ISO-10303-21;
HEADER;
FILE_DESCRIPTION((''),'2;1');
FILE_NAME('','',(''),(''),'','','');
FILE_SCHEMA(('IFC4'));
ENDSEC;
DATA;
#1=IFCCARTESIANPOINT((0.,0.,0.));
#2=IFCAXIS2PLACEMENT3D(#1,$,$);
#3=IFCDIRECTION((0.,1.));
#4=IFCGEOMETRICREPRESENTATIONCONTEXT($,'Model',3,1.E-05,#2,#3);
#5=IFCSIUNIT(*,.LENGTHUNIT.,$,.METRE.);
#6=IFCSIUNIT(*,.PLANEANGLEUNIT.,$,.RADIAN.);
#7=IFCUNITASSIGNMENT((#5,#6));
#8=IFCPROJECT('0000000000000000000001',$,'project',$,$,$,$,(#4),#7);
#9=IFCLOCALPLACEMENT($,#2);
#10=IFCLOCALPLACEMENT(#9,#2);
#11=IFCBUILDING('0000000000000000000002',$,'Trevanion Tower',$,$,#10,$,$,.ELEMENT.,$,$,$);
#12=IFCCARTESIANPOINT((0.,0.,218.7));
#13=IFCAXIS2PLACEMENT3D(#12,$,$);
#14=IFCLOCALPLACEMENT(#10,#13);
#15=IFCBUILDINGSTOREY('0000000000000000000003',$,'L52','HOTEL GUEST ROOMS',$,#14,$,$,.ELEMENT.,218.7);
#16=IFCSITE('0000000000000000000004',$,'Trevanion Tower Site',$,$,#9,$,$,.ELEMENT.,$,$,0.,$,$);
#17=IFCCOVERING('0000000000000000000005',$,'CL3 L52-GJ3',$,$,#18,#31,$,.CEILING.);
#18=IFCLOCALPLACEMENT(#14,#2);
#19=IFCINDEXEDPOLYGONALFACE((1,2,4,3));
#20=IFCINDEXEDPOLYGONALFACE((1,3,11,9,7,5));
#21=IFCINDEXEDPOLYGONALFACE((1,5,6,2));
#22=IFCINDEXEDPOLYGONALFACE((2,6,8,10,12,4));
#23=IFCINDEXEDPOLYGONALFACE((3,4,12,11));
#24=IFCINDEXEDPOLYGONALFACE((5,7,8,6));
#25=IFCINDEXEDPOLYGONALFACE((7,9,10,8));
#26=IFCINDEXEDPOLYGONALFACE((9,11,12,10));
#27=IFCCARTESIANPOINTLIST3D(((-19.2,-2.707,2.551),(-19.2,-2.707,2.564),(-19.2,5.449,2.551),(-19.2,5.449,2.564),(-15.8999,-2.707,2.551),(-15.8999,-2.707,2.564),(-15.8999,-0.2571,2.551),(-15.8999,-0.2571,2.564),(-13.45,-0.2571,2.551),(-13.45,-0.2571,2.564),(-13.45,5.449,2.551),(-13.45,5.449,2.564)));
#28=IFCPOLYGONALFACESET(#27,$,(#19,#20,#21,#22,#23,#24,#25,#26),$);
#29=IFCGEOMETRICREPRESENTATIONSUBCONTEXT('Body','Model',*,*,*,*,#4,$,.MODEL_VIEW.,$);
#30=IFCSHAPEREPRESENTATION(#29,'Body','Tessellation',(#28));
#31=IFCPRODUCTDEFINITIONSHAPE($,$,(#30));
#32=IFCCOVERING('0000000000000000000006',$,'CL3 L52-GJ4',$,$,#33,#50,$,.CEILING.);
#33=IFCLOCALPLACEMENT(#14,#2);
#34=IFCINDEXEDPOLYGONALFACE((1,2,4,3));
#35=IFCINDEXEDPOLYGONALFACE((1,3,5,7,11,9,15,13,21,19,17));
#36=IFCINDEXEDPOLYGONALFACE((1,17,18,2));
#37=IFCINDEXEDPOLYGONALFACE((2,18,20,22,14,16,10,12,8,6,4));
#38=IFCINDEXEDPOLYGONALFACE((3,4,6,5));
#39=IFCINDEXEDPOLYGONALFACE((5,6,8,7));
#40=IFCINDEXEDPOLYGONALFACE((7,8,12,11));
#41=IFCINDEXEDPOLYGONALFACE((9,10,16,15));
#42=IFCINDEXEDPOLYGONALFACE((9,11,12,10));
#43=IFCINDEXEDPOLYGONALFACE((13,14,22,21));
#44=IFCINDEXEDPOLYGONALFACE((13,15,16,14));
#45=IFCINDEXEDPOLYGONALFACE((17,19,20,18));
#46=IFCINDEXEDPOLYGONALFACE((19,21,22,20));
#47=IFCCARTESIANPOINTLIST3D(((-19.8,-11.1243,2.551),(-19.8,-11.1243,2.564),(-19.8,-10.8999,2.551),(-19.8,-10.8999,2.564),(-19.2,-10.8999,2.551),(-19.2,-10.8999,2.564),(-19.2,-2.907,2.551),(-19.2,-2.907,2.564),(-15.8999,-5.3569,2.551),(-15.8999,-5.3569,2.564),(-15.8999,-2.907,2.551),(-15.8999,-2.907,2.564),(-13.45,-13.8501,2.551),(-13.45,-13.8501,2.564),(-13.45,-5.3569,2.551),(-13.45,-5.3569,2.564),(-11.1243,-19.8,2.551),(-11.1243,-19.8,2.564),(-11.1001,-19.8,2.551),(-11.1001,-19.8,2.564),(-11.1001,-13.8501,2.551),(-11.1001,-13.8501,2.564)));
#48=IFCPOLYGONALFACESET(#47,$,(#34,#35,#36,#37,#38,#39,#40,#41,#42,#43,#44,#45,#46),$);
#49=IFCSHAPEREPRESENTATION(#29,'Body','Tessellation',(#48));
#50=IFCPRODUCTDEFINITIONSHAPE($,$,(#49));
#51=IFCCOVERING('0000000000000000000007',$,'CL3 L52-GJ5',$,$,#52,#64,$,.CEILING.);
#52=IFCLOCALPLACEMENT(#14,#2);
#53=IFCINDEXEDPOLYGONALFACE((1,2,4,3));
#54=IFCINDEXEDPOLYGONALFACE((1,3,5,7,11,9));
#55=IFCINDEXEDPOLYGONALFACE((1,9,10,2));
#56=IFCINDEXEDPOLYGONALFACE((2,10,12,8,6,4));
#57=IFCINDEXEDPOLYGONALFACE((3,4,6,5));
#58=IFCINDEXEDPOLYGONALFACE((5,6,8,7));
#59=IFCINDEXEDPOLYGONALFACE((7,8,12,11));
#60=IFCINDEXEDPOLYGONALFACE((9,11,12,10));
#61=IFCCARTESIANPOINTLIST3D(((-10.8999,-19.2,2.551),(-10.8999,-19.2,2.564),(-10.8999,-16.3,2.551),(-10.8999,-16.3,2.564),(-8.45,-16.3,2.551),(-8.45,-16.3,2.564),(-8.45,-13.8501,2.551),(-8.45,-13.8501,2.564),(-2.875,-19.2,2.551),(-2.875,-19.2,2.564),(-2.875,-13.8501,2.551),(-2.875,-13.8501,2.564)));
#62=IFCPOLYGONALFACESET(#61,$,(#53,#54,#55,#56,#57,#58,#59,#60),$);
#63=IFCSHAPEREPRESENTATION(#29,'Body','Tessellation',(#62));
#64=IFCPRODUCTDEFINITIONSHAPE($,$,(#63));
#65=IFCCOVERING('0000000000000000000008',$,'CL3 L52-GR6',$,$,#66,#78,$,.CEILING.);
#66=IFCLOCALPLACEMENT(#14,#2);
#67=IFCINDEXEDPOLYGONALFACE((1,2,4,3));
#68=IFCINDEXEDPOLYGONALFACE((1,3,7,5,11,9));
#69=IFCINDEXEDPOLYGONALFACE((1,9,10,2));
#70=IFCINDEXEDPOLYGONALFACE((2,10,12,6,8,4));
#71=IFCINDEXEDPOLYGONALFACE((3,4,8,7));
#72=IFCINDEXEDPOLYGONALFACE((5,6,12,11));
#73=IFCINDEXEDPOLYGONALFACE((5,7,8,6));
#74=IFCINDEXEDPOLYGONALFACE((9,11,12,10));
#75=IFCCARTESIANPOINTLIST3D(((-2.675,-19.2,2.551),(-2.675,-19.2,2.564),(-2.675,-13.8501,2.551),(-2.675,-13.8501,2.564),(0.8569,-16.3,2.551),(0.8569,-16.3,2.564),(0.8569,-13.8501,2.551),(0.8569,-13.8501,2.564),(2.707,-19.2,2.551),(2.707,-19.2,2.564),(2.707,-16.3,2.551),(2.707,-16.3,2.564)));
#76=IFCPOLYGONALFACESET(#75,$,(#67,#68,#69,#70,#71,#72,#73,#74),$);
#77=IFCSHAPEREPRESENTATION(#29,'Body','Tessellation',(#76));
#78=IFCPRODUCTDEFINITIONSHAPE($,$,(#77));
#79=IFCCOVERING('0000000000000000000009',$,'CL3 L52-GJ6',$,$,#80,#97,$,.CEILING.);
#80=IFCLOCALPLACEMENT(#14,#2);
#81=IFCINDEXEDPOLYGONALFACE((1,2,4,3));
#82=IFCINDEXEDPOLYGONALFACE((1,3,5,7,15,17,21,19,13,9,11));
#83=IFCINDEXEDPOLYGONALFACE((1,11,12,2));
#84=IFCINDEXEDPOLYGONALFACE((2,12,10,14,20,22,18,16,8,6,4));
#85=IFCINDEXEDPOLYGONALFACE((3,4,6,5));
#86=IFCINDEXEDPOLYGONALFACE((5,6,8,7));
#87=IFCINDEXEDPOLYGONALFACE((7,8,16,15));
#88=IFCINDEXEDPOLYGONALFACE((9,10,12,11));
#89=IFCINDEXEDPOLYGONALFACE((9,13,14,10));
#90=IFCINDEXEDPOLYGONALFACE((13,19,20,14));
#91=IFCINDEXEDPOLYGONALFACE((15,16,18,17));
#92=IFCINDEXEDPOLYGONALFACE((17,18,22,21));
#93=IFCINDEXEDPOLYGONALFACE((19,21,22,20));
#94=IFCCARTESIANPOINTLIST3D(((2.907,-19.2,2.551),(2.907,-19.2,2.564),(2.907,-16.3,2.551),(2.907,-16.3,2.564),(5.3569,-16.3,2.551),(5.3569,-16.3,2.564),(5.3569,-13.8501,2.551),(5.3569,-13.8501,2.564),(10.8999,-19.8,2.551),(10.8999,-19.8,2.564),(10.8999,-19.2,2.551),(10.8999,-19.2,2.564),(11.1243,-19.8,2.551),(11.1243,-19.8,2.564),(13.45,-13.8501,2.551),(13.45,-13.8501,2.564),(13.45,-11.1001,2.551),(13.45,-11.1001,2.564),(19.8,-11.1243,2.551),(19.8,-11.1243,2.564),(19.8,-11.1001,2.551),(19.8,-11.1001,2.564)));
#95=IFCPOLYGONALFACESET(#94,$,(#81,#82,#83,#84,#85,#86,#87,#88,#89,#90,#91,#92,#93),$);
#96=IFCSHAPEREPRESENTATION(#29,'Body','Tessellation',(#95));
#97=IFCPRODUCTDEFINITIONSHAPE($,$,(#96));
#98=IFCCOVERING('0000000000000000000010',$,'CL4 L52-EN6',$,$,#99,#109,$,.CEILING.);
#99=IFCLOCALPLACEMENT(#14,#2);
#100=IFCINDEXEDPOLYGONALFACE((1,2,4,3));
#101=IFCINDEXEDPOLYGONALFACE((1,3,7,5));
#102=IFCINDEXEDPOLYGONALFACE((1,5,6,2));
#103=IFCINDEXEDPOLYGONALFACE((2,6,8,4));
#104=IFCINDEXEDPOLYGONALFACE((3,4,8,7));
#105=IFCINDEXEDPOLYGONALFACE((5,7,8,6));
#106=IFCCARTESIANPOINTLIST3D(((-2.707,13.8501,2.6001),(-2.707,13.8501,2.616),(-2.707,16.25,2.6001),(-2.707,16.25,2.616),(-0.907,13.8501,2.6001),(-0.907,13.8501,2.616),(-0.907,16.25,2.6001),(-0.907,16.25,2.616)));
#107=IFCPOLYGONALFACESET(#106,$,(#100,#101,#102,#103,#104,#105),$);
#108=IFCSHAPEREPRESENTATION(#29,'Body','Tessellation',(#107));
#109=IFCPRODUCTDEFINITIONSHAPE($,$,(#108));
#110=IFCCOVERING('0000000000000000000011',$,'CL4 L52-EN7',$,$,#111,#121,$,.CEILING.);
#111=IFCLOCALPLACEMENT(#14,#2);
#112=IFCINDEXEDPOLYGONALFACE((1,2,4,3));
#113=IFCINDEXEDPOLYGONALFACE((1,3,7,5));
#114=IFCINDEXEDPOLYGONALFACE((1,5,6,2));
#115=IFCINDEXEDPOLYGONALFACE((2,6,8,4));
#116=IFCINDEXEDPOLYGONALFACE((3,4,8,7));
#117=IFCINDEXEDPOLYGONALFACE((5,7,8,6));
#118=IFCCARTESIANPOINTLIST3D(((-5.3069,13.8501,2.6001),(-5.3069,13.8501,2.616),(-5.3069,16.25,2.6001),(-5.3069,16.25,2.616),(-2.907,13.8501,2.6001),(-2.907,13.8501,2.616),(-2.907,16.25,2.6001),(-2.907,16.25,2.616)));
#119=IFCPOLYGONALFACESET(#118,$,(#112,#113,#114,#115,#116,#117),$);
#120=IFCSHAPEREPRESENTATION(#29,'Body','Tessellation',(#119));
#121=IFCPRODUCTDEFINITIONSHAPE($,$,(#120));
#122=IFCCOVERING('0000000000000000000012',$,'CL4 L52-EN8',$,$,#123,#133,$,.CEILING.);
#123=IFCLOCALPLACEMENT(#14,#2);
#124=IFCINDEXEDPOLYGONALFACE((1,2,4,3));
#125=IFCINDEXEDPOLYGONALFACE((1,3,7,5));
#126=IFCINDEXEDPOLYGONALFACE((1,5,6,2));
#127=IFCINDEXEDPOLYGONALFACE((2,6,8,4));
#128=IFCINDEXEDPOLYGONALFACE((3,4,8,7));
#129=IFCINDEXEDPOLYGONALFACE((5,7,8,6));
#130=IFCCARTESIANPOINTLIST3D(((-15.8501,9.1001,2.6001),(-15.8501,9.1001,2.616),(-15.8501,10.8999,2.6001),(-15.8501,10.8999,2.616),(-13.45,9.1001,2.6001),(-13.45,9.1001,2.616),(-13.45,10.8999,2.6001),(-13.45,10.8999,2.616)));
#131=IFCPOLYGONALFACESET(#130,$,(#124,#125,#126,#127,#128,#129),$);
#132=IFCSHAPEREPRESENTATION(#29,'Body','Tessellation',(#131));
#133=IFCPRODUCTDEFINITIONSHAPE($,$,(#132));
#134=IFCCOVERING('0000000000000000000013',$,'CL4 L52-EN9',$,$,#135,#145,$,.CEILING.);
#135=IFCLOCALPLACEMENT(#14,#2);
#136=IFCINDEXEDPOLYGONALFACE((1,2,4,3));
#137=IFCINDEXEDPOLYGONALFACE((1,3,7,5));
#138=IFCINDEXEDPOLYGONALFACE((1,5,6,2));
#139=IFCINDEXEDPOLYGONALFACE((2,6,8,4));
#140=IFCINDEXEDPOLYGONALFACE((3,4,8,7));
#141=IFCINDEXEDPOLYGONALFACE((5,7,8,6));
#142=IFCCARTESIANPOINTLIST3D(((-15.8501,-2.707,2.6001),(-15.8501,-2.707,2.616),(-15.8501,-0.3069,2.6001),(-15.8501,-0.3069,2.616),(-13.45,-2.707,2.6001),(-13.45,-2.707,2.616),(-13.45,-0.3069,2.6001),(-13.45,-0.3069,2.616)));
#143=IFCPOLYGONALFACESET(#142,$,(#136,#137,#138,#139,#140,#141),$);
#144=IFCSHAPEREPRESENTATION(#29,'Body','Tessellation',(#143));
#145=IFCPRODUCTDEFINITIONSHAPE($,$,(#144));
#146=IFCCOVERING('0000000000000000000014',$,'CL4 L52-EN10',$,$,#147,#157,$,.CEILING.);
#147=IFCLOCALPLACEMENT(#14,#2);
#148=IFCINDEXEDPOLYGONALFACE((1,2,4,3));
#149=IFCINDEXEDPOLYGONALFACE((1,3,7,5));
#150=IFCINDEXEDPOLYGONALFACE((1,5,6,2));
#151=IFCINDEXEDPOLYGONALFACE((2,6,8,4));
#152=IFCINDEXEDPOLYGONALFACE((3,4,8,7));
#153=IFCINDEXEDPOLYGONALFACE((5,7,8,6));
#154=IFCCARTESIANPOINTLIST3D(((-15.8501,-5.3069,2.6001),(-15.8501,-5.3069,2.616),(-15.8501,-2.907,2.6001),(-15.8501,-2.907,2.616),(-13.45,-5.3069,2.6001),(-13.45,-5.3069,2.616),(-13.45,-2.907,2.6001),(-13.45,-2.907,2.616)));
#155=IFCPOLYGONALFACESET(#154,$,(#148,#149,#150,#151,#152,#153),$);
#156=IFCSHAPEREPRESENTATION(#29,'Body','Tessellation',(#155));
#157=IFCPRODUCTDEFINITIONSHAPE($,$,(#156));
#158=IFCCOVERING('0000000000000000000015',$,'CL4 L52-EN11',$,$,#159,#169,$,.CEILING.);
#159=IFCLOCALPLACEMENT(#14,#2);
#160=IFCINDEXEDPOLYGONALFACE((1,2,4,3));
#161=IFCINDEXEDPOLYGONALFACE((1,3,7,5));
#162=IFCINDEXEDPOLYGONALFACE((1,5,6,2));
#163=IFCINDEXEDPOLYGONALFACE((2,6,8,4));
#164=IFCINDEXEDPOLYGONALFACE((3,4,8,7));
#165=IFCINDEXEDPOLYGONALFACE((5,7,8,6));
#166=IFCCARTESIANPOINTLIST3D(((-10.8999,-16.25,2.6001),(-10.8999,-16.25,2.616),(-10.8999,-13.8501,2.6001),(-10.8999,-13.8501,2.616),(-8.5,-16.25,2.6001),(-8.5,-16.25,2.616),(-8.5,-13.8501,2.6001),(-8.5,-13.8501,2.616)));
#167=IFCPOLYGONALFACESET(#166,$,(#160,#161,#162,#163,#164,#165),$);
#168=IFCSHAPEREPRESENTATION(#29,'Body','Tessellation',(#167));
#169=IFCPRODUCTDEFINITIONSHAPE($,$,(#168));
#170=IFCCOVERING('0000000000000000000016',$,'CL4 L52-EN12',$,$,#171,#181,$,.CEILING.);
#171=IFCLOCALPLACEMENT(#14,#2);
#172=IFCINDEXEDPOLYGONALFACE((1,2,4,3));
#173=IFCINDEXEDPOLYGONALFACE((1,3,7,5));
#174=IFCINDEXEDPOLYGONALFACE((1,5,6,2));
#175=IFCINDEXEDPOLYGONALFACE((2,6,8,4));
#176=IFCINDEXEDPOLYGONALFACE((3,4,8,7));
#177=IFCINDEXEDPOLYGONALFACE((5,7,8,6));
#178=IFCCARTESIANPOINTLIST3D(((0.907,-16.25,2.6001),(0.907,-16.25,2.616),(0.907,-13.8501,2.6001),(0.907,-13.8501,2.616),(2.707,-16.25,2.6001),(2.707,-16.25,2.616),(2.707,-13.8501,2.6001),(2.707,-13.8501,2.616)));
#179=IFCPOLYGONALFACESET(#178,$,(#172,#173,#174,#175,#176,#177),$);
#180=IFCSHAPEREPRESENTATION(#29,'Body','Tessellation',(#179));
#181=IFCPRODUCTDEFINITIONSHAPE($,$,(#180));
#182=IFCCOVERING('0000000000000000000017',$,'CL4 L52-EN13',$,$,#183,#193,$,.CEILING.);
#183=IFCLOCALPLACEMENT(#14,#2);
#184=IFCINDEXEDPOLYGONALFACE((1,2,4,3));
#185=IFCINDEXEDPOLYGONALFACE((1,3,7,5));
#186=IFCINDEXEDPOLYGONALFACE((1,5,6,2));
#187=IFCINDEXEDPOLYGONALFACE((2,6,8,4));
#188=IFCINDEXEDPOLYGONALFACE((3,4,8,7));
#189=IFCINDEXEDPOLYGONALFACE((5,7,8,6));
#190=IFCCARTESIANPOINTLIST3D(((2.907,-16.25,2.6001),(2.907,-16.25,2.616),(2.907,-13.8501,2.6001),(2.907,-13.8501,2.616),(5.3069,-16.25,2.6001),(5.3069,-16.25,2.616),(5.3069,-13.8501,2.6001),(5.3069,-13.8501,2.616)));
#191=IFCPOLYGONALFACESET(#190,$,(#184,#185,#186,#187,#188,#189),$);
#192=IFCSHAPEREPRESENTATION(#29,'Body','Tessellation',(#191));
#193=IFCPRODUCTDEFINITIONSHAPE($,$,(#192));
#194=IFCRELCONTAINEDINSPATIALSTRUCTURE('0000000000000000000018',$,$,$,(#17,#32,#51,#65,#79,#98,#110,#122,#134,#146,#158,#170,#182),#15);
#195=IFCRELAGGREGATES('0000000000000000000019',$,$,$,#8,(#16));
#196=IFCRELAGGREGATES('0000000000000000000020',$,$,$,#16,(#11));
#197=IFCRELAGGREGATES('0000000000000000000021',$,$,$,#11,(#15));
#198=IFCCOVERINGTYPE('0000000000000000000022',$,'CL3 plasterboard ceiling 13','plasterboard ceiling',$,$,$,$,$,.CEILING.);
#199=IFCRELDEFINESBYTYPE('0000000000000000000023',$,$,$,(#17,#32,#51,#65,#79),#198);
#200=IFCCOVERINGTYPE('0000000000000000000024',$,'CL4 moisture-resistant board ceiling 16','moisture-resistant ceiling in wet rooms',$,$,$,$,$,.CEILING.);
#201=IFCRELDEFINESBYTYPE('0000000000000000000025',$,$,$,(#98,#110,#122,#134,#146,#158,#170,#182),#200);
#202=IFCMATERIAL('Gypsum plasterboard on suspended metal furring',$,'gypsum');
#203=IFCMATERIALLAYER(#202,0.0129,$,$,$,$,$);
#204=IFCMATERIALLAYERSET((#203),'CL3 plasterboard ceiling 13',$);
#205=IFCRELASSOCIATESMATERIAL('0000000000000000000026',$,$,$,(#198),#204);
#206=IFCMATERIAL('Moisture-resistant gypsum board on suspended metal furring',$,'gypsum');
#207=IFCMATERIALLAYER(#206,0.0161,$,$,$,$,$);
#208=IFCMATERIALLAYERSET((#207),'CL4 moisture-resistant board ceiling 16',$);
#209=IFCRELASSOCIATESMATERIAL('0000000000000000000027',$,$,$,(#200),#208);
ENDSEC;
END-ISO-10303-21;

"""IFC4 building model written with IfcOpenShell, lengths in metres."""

from ifc_helpers import new_model, si_unit, direction, frame, origin, place, context, subcontext, project, spatial, polyline, outline, extrude, material, layer, layer_set, type_object, element, save


model = new_model("IFC4")

# Units and contexts
model_context = context("Model", 3, precision=1e-05, world=origin(), true_north=direction((0.0, 1.0)))
body_context = subcontext(model_context, "Body", "Model", "MODEL_VIEW")
ifc_project = project(units=[si_unit("LENGTHUNIT", "METRE"), si_unit("PLANEANGLEUNIT", "RADIAN")], contexts=[model_context])

# Site, building, storey
site_placement = place(None, origin())
site = spatial("IfcSite", under=ifc_project, at=site_placement, Name="Trevanion Tower Site", CompositionType="ELEMENT", RefElevation=0.0)
building_placement = place(site_placement, origin())
building = spatial("IfcBuilding", under=site, at=building_placement, Name="Trevanion Tower", CompositionType="ELEMENT")
storey_placement = place(building_placement, frame((0.0, 0.0, 218.7)))
storey = spatial("IfcBuildingStorey", under=building, at=storey_placement, Name="L52", Description="HOTEL GUEST ROOMS", CompositionType="ELEMENT", Elevation=218.7)

# Coverings
ifc_material_1 = material(Name="Gypsum plasterboard on suspended metal furring", Category="gypsum")
ifc_layer_1 = layer(ifc_material_1, 0.0129)
ifc_layer_set_1 = layer_set([ifc_layer_1], Name="CL3 plasterboard ceiling 13")
covering_type_1 = type_object("IfcCoveringType", Name="CL3 plasterboard ceiling 13", Description="plasterboard ceiling", PredefinedType="CEILING", material=ifc_layer_set_1)
covering_1_placement = place(storey_placement, frame((0.0, 0.0, 2.551)))
element("IfcCovering", 1, at=covering_1_placement, inside=storey, type_object=covering_type_1, Name="CL3 L52-GJ3", PredefinedType="CEILING", context=body_context, shape_type="SweptSolid", body=[
    extrude(outline(polyline([(-13.45, -0.2571), (-15.8999, -0.2571), (-15.8999, -2.707), (-19.2, -2.707), (-19.2, 5.449), (-13.45, 5.449), (-13.45, -0.2571)])), origin(), (0.0, 0.0, 1.0), 0.0129),
])
covering_2_placement = place(storey_placement, frame((0.0, 0.0, 2.551)))
element("IfcCovering", 2, at=covering_2_placement, inside=storey, type_object=covering_type_1, Name="CL3 L52-GJ4", PredefinedType="CEILING", context=body_context, shape_type="SweptSolid", body=[
    extrude(outline(polyline([(-11.1001, -13.8501), (-11.1001, -19.8), (-11.1243, -19.8), (-19.8, -11.1243), (-19.8, -10.8999), (-19.2, -10.8999), (-19.2, -2.907), (-15.8999, -2.907), (-15.8999, -5.3569), (-13.45, -5.3569), (-13.45, -13.8501), (-11.1001, -13.8501)])), origin(), (0.0, 0.0, 1.0), 0.0129),
])
covering_3_placement = place(storey_placement, frame((0.0, 0.0, 2.551)))
element("IfcCovering", 3, at=covering_3_placement, inside=storey, type_object=covering_type_1, Name="CL3 L52-GJ5", PredefinedType="CEILING", context=body_context, shape_type="SweptSolid", body=[
    extrude(outline(polyline([(-2.875, -13.8501), (-2.875, -19.2), (-10.8999, -19.2), (-10.8999, -16.3), (-8.45, -16.3), (-8.45, -13.8501), (-2.875, -13.8501)])), origin(), (0.0, 0.0, 1.0), 0.0129),
])
covering_4_placement = place(storey_placement, frame((0.0, 0.0, 2.551)))
element("IfcCovering", 4, at=covering_4_placement, inside=storey, type_object=covering_type_1, Name="CL3 L52-GR6", PredefinedType="CEILING", context=body_context, shape_type="SweptSolid", body=[
    extrude(outline(polyline([(0.8569, -13.8501), (0.8569, -16.3), (2.707, -16.3), (2.707, -19.2), (-2.675, -19.2), (-2.675, -13.8501), (0.8569, -13.8501)])), origin(), (0.0, 0.0, 1.0), 0.0129),
])
covering_5_placement = place(storey_placement, frame((0.0, 0.0, 2.551)))
element("IfcCovering", 5, at=covering_5_placement, inside=storey, type_object=covering_type_1, Name="CL3 L52-GJ6", PredefinedType="CEILING", context=body_context, shape_type="SweptSolid", body=[
    extrude(outline(polyline([(13.45, -11.1001), (19.8, -11.1001), (19.8, -11.1243), (11.1243, -19.8), (10.8999, -19.8), (10.8999, -19.2), (2.907, -19.2), (2.907, -16.3), (5.3569, -16.3), (5.3569, -13.8501), (13.45, -13.8501), (13.45, -11.1001)])), origin(), (0.0, 0.0, 1.0), 0.0129),
])
ifc_material_2 = material(Name="Moisture-resistant gypsum board on suspended metal furring", Category="gypsum")
ifc_layer_2 = layer(ifc_material_2, 0.0161)
ifc_layer_set_2 = layer_set([ifc_layer_2], Name="CL4 moisture-resistant board ceiling 16")
covering_type_2 = type_object("IfcCoveringType", Name="CL4 moisture-resistant board ceiling 16", Description="moisture-resistant ceiling in wet rooms", PredefinedType="CEILING", material=ifc_layer_set_2)
covering_6_placement = place(storey_placement, frame((0.0, 0.0, 2.6001)))
element("IfcCovering", 6, at=covering_6_placement, inside=storey, type_object=covering_type_2, Name="CL4 L52-EN6", PredefinedType="CEILING", context=body_context, shape_type="SweptSolid", body=[
    extrude(outline(polyline([(-0.907, 16.25), (-2.707, 16.25), (-2.707, 13.8501), (-0.907, 13.8501), (-0.907, 16.25)])), origin(), (0.0, 0.0, 1.0), 0.0159),
])
covering_7_placement = place(storey_placement, frame((0.0, 0.0, 2.6001)))
element("IfcCovering", 7, at=covering_7_placement, inside=storey, type_object=covering_type_2, Name="CL4 L52-EN7", PredefinedType="CEILING", context=body_context, shape_type="SweptSolid", body=[
    extrude(outline(polyline([(-2.907, 16.25), (-5.3069, 16.25), (-5.3069, 13.8501), (-2.907, 13.8501), (-2.907, 16.25)])), origin(), (0.0, 0.0, 1.0), 0.0159),
])
covering_8_placement = place(storey_placement, frame((0.0, 0.0, 2.6001)))
element("IfcCovering", 8, at=covering_8_placement, inside=storey, type_object=covering_type_2, Name="CL4 L52-EN8", PredefinedType="CEILING", context=body_context, shape_type="SweptSolid", body=[
    extrude(outline(polyline([(-15.8501, 10.8999), (-15.8501, 9.1001), (-13.45, 9.1001), (-13.45, 10.8999), (-15.8501, 10.8999)])), origin(), (0.0, 0.0, 1.0), 0.0159),
])
covering_9_placement = place(storey_placement, frame((0.0, 0.0, 2.6001)))
element("IfcCovering", 9, at=covering_9_placement, inside=storey, type_object=covering_type_2, Name="CL4 L52-EN9", PredefinedType="CEILING", context=body_context, shape_type="SweptSolid", body=[
    extrude(outline(polyline([(-15.8501, -0.3069), (-15.8501, -2.707), (-13.45, -2.707), (-13.45, -0.3069), (-15.8501, -0.3069)])), origin(), (0.0, 0.0, 1.0), 0.0159),
])
covering_10_placement = place(storey_placement, frame((0.0, 0.0, 2.6001)))
element("IfcCovering", 10, at=covering_10_placement, inside=storey, type_object=covering_type_2, Name="CL4 L52-EN10", PredefinedType="CEILING", context=body_context, shape_type="SweptSolid", body=[
    extrude(outline(polyline([(-15.8501, -2.907), (-15.8501, -5.3069), (-13.45, -5.3069), (-13.45, -2.907), (-15.8501, -2.907)])), origin(), (0.0, 0.0, 1.0), 0.0159),
])
covering_11_placement = place(storey_placement, frame((0.0, 0.0, 2.6001)))
element("IfcCovering", 11, at=covering_11_placement, inside=storey, type_object=covering_type_2, Name="CL4 L52-EN11", PredefinedType="CEILING", context=body_context, shape_type="SweptSolid", body=[
    extrude(outline(polyline([(-10.8999, -16.25), (-8.5, -16.25), (-8.5, -13.8501), (-10.8999, -13.8501), (-10.8999, -16.25)])), origin(), (0.0, 0.0, 1.0), 0.0159),
])
covering_12_placement = place(storey_placement, frame((0.0, 0.0, 2.6001)))
element("IfcCovering", 12, at=covering_12_placement, inside=storey, type_object=covering_type_2, Name="CL4 L52-EN12", PredefinedType="CEILING", context=body_context, shape_type="SweptSolid", body=[
    extrude(outline(polyline([(0.907, -16.25), (2.707, -16.25), (2.707, -13.8501), (0.907, -13.8501), (0.907, -16.25)])), origin(), (0.0, 0.0, 1.0), 0.0159),
])
covering_13_placement = place(storey_placement, frame((0.0, 0.0, 2.6001)))
element("IfcCovering", 13, at=covering_13_placement, inside=storey, type_object=covering_type_2, Name="CL4 L52-EN13", PredefinedType="CEILING", context=body_context, shape_type="SweptSolid", body=[
    extrude(outline(polyline([(2.907, -16.25), (5.3069, -16.25), (5.3069, -13.8501), (2.907, -13.8501), (2.907, -16.25)])), origin(), (0.0, 0.0, 1.0), 0.0159),
])

save(model, "model.ifc")
